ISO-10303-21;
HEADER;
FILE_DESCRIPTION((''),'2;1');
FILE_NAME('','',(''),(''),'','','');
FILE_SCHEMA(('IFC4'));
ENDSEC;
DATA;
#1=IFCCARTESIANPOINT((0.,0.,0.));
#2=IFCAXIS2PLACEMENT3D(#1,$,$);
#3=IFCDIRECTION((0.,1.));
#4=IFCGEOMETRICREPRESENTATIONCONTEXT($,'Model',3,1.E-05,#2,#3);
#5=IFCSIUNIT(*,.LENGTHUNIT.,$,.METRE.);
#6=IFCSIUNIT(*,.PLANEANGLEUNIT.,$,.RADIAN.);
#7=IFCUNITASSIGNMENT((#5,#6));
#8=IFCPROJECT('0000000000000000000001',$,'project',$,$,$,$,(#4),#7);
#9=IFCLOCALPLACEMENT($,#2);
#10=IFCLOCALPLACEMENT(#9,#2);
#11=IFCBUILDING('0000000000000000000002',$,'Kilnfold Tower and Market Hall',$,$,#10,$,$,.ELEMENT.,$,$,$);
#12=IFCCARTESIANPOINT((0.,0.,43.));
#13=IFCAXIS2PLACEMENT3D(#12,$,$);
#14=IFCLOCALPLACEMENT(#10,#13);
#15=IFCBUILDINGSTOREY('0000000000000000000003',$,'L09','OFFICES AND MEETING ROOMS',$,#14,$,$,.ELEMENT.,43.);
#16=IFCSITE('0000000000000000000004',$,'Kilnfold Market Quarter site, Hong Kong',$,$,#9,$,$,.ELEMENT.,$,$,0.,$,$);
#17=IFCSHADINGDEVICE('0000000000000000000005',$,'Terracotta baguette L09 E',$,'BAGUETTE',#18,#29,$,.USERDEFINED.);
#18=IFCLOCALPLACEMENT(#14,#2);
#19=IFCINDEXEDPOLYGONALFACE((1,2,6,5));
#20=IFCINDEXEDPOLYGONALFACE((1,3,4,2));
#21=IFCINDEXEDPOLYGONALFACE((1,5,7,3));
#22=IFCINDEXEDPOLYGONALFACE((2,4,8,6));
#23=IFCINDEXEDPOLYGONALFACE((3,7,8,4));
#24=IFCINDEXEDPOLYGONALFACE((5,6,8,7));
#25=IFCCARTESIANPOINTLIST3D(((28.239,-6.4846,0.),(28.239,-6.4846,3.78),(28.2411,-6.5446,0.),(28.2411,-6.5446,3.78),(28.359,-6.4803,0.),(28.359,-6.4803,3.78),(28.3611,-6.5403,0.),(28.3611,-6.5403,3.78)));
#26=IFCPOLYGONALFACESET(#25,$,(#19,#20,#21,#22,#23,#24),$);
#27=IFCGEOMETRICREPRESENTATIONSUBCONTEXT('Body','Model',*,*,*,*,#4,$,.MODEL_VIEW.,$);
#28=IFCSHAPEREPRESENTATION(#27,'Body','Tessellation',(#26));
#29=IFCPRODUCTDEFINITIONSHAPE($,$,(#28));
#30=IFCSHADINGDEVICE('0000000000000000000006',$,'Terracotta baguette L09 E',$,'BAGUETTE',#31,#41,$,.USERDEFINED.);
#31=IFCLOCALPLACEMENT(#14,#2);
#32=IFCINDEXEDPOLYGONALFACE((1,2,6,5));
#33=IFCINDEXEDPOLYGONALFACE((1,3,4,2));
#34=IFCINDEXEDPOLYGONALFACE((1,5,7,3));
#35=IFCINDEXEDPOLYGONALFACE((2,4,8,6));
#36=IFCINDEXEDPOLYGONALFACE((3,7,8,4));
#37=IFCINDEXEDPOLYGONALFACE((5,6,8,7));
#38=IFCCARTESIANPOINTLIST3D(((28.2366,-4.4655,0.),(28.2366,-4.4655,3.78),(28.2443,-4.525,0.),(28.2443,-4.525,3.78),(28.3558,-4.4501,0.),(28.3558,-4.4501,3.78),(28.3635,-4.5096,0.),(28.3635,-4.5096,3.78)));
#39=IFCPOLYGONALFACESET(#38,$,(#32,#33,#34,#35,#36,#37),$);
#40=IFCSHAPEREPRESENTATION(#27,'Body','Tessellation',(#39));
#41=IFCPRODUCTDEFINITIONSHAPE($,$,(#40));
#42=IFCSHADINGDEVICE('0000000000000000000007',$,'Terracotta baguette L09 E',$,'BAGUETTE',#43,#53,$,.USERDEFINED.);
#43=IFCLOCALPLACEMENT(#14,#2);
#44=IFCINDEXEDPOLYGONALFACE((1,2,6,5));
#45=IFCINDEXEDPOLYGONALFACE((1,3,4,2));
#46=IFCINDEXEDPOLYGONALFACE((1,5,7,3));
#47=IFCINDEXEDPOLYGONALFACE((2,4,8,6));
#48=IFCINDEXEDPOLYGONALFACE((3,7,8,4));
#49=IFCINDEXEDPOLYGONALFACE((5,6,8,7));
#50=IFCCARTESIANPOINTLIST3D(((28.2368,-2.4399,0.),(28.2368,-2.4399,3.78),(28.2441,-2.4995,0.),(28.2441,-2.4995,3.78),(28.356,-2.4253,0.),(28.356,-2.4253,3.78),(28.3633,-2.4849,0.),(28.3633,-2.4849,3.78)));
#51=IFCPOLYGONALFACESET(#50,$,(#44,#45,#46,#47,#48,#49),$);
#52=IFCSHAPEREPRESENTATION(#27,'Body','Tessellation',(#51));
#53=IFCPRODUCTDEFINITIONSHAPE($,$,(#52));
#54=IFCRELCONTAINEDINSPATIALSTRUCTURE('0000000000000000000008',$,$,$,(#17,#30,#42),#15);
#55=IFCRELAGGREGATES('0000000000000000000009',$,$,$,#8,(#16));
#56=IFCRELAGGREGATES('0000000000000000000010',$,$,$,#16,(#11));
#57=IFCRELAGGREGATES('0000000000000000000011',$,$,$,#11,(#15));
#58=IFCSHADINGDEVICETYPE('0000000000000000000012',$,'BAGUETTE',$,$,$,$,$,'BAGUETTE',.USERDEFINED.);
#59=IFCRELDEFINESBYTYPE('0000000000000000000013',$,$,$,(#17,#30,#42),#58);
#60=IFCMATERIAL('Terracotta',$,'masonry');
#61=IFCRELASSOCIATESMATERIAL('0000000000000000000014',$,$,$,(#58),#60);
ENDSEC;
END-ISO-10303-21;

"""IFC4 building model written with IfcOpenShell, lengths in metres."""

from ifc_helpers import new_model, si_unit, direction, frame, origin, origin_2d, place, context, subcontext, project, spatial, rectangle, extrude, source, transform, mapped, material, material_profile, profile_set, type_object, element, save


model = new_model("IFC4")

# Units and contexts
model_context = context("Model", 3, precision=1e-05, world=origin(), true_north=direction((0.0, 1.0)))
body_context = subcontext(model_context, "Body", "Model", "MODEL_VIEW")
ifc_project = project(units=[si_unit("LENGTHUNIT", "METRE"), si_unit("PLANEANGLEUNIT", "RADIAN")], contexts=[model_context])

# Site, building, storey
site_placement = place(None, origin())
site = spatial("IfcSite", under=ifc_project, at=site_placement, Name="Kilnfold Market Quarter site, Hong Kong", CompositionType="ELEMENT", RefElevation=0.0)
building_placement = place(site_placement, origin())
building = spatial("IfcBuilding", under=site, at=building_placement, Name="Kilnfold Tower and Market Hall", CompositionType="ELEMENT")
storey_placement = place(building_placement, frame((0.0, 0.0, 43.0)))
storey = spatial("IfcBuildingStorey", under=building, at=storey_placement, Name="L09", Description="OFFICES AND MEETING ROOMS", CompositionType="ELEMENT", Elevation=43.0)

# Shading devices
ifc_material_1 = material(Name="Terracotta", Category="masonry")
ifc_material_profile_1 = material_profile(ifc_material_1, rectangle(XDim=0.0601, YDim=0.1201, at=origin_2d()), Name="BAG 60x120")
ifc_profile_set_1 = profile_set([ifc_material_profile_1], Name="Terracotta")
shading_device_type = type_object("IfcShadingDeviceType", Name="BAGUETTE", ElementType="BAGUETTE", PredefinedType="USERDEFINED", material=ifc_profile_set_1)
shared_shape_1 = source(origin(), body_context, "Body", "SweptSolid", [
    extrude(rectangle(XDim=0.0601, YDim=0.1201, at=origin_2d()), origin(), (0.0, 0.0, 1.0), 3.78),
])
for number, where, z_axis, x_axis, name in (
    (1, (28.3, -6.5125, 0.0), (0.0, 0.0, 1.0), (-0.035883, 0.999356, 0.0), "Terracotta baguette L09 E"),
    (2, (28.3, -4.4875, 0.0), (0.0, 0.0, 1.0), (-0.128141, 0.991756, 0.0), "Terracotta baguette L09 E"),
    (3, (28.3, -2.4624, 0.0), (0.0, 0.0, 1.0), (-0.121772, 0.992558, 0.0), "Terracotta baguette L09 E"),
):
    element("IfcShadingDevice", number, at=place(storey_placement, frame(where, z_axis=z_axis, x_axis=x_axis)), inside=storey, type_object=shading_device_type, Name=name, ObjectType="BAGUETTE", PredefinedType="USERDEFINED", context=body_context, shape_type="MappedRepresentation", body=[
        mapped(shared_shape_1, transform((0.0, 0.0, 0.0))),
    ])

save(model, "model.ifc")
